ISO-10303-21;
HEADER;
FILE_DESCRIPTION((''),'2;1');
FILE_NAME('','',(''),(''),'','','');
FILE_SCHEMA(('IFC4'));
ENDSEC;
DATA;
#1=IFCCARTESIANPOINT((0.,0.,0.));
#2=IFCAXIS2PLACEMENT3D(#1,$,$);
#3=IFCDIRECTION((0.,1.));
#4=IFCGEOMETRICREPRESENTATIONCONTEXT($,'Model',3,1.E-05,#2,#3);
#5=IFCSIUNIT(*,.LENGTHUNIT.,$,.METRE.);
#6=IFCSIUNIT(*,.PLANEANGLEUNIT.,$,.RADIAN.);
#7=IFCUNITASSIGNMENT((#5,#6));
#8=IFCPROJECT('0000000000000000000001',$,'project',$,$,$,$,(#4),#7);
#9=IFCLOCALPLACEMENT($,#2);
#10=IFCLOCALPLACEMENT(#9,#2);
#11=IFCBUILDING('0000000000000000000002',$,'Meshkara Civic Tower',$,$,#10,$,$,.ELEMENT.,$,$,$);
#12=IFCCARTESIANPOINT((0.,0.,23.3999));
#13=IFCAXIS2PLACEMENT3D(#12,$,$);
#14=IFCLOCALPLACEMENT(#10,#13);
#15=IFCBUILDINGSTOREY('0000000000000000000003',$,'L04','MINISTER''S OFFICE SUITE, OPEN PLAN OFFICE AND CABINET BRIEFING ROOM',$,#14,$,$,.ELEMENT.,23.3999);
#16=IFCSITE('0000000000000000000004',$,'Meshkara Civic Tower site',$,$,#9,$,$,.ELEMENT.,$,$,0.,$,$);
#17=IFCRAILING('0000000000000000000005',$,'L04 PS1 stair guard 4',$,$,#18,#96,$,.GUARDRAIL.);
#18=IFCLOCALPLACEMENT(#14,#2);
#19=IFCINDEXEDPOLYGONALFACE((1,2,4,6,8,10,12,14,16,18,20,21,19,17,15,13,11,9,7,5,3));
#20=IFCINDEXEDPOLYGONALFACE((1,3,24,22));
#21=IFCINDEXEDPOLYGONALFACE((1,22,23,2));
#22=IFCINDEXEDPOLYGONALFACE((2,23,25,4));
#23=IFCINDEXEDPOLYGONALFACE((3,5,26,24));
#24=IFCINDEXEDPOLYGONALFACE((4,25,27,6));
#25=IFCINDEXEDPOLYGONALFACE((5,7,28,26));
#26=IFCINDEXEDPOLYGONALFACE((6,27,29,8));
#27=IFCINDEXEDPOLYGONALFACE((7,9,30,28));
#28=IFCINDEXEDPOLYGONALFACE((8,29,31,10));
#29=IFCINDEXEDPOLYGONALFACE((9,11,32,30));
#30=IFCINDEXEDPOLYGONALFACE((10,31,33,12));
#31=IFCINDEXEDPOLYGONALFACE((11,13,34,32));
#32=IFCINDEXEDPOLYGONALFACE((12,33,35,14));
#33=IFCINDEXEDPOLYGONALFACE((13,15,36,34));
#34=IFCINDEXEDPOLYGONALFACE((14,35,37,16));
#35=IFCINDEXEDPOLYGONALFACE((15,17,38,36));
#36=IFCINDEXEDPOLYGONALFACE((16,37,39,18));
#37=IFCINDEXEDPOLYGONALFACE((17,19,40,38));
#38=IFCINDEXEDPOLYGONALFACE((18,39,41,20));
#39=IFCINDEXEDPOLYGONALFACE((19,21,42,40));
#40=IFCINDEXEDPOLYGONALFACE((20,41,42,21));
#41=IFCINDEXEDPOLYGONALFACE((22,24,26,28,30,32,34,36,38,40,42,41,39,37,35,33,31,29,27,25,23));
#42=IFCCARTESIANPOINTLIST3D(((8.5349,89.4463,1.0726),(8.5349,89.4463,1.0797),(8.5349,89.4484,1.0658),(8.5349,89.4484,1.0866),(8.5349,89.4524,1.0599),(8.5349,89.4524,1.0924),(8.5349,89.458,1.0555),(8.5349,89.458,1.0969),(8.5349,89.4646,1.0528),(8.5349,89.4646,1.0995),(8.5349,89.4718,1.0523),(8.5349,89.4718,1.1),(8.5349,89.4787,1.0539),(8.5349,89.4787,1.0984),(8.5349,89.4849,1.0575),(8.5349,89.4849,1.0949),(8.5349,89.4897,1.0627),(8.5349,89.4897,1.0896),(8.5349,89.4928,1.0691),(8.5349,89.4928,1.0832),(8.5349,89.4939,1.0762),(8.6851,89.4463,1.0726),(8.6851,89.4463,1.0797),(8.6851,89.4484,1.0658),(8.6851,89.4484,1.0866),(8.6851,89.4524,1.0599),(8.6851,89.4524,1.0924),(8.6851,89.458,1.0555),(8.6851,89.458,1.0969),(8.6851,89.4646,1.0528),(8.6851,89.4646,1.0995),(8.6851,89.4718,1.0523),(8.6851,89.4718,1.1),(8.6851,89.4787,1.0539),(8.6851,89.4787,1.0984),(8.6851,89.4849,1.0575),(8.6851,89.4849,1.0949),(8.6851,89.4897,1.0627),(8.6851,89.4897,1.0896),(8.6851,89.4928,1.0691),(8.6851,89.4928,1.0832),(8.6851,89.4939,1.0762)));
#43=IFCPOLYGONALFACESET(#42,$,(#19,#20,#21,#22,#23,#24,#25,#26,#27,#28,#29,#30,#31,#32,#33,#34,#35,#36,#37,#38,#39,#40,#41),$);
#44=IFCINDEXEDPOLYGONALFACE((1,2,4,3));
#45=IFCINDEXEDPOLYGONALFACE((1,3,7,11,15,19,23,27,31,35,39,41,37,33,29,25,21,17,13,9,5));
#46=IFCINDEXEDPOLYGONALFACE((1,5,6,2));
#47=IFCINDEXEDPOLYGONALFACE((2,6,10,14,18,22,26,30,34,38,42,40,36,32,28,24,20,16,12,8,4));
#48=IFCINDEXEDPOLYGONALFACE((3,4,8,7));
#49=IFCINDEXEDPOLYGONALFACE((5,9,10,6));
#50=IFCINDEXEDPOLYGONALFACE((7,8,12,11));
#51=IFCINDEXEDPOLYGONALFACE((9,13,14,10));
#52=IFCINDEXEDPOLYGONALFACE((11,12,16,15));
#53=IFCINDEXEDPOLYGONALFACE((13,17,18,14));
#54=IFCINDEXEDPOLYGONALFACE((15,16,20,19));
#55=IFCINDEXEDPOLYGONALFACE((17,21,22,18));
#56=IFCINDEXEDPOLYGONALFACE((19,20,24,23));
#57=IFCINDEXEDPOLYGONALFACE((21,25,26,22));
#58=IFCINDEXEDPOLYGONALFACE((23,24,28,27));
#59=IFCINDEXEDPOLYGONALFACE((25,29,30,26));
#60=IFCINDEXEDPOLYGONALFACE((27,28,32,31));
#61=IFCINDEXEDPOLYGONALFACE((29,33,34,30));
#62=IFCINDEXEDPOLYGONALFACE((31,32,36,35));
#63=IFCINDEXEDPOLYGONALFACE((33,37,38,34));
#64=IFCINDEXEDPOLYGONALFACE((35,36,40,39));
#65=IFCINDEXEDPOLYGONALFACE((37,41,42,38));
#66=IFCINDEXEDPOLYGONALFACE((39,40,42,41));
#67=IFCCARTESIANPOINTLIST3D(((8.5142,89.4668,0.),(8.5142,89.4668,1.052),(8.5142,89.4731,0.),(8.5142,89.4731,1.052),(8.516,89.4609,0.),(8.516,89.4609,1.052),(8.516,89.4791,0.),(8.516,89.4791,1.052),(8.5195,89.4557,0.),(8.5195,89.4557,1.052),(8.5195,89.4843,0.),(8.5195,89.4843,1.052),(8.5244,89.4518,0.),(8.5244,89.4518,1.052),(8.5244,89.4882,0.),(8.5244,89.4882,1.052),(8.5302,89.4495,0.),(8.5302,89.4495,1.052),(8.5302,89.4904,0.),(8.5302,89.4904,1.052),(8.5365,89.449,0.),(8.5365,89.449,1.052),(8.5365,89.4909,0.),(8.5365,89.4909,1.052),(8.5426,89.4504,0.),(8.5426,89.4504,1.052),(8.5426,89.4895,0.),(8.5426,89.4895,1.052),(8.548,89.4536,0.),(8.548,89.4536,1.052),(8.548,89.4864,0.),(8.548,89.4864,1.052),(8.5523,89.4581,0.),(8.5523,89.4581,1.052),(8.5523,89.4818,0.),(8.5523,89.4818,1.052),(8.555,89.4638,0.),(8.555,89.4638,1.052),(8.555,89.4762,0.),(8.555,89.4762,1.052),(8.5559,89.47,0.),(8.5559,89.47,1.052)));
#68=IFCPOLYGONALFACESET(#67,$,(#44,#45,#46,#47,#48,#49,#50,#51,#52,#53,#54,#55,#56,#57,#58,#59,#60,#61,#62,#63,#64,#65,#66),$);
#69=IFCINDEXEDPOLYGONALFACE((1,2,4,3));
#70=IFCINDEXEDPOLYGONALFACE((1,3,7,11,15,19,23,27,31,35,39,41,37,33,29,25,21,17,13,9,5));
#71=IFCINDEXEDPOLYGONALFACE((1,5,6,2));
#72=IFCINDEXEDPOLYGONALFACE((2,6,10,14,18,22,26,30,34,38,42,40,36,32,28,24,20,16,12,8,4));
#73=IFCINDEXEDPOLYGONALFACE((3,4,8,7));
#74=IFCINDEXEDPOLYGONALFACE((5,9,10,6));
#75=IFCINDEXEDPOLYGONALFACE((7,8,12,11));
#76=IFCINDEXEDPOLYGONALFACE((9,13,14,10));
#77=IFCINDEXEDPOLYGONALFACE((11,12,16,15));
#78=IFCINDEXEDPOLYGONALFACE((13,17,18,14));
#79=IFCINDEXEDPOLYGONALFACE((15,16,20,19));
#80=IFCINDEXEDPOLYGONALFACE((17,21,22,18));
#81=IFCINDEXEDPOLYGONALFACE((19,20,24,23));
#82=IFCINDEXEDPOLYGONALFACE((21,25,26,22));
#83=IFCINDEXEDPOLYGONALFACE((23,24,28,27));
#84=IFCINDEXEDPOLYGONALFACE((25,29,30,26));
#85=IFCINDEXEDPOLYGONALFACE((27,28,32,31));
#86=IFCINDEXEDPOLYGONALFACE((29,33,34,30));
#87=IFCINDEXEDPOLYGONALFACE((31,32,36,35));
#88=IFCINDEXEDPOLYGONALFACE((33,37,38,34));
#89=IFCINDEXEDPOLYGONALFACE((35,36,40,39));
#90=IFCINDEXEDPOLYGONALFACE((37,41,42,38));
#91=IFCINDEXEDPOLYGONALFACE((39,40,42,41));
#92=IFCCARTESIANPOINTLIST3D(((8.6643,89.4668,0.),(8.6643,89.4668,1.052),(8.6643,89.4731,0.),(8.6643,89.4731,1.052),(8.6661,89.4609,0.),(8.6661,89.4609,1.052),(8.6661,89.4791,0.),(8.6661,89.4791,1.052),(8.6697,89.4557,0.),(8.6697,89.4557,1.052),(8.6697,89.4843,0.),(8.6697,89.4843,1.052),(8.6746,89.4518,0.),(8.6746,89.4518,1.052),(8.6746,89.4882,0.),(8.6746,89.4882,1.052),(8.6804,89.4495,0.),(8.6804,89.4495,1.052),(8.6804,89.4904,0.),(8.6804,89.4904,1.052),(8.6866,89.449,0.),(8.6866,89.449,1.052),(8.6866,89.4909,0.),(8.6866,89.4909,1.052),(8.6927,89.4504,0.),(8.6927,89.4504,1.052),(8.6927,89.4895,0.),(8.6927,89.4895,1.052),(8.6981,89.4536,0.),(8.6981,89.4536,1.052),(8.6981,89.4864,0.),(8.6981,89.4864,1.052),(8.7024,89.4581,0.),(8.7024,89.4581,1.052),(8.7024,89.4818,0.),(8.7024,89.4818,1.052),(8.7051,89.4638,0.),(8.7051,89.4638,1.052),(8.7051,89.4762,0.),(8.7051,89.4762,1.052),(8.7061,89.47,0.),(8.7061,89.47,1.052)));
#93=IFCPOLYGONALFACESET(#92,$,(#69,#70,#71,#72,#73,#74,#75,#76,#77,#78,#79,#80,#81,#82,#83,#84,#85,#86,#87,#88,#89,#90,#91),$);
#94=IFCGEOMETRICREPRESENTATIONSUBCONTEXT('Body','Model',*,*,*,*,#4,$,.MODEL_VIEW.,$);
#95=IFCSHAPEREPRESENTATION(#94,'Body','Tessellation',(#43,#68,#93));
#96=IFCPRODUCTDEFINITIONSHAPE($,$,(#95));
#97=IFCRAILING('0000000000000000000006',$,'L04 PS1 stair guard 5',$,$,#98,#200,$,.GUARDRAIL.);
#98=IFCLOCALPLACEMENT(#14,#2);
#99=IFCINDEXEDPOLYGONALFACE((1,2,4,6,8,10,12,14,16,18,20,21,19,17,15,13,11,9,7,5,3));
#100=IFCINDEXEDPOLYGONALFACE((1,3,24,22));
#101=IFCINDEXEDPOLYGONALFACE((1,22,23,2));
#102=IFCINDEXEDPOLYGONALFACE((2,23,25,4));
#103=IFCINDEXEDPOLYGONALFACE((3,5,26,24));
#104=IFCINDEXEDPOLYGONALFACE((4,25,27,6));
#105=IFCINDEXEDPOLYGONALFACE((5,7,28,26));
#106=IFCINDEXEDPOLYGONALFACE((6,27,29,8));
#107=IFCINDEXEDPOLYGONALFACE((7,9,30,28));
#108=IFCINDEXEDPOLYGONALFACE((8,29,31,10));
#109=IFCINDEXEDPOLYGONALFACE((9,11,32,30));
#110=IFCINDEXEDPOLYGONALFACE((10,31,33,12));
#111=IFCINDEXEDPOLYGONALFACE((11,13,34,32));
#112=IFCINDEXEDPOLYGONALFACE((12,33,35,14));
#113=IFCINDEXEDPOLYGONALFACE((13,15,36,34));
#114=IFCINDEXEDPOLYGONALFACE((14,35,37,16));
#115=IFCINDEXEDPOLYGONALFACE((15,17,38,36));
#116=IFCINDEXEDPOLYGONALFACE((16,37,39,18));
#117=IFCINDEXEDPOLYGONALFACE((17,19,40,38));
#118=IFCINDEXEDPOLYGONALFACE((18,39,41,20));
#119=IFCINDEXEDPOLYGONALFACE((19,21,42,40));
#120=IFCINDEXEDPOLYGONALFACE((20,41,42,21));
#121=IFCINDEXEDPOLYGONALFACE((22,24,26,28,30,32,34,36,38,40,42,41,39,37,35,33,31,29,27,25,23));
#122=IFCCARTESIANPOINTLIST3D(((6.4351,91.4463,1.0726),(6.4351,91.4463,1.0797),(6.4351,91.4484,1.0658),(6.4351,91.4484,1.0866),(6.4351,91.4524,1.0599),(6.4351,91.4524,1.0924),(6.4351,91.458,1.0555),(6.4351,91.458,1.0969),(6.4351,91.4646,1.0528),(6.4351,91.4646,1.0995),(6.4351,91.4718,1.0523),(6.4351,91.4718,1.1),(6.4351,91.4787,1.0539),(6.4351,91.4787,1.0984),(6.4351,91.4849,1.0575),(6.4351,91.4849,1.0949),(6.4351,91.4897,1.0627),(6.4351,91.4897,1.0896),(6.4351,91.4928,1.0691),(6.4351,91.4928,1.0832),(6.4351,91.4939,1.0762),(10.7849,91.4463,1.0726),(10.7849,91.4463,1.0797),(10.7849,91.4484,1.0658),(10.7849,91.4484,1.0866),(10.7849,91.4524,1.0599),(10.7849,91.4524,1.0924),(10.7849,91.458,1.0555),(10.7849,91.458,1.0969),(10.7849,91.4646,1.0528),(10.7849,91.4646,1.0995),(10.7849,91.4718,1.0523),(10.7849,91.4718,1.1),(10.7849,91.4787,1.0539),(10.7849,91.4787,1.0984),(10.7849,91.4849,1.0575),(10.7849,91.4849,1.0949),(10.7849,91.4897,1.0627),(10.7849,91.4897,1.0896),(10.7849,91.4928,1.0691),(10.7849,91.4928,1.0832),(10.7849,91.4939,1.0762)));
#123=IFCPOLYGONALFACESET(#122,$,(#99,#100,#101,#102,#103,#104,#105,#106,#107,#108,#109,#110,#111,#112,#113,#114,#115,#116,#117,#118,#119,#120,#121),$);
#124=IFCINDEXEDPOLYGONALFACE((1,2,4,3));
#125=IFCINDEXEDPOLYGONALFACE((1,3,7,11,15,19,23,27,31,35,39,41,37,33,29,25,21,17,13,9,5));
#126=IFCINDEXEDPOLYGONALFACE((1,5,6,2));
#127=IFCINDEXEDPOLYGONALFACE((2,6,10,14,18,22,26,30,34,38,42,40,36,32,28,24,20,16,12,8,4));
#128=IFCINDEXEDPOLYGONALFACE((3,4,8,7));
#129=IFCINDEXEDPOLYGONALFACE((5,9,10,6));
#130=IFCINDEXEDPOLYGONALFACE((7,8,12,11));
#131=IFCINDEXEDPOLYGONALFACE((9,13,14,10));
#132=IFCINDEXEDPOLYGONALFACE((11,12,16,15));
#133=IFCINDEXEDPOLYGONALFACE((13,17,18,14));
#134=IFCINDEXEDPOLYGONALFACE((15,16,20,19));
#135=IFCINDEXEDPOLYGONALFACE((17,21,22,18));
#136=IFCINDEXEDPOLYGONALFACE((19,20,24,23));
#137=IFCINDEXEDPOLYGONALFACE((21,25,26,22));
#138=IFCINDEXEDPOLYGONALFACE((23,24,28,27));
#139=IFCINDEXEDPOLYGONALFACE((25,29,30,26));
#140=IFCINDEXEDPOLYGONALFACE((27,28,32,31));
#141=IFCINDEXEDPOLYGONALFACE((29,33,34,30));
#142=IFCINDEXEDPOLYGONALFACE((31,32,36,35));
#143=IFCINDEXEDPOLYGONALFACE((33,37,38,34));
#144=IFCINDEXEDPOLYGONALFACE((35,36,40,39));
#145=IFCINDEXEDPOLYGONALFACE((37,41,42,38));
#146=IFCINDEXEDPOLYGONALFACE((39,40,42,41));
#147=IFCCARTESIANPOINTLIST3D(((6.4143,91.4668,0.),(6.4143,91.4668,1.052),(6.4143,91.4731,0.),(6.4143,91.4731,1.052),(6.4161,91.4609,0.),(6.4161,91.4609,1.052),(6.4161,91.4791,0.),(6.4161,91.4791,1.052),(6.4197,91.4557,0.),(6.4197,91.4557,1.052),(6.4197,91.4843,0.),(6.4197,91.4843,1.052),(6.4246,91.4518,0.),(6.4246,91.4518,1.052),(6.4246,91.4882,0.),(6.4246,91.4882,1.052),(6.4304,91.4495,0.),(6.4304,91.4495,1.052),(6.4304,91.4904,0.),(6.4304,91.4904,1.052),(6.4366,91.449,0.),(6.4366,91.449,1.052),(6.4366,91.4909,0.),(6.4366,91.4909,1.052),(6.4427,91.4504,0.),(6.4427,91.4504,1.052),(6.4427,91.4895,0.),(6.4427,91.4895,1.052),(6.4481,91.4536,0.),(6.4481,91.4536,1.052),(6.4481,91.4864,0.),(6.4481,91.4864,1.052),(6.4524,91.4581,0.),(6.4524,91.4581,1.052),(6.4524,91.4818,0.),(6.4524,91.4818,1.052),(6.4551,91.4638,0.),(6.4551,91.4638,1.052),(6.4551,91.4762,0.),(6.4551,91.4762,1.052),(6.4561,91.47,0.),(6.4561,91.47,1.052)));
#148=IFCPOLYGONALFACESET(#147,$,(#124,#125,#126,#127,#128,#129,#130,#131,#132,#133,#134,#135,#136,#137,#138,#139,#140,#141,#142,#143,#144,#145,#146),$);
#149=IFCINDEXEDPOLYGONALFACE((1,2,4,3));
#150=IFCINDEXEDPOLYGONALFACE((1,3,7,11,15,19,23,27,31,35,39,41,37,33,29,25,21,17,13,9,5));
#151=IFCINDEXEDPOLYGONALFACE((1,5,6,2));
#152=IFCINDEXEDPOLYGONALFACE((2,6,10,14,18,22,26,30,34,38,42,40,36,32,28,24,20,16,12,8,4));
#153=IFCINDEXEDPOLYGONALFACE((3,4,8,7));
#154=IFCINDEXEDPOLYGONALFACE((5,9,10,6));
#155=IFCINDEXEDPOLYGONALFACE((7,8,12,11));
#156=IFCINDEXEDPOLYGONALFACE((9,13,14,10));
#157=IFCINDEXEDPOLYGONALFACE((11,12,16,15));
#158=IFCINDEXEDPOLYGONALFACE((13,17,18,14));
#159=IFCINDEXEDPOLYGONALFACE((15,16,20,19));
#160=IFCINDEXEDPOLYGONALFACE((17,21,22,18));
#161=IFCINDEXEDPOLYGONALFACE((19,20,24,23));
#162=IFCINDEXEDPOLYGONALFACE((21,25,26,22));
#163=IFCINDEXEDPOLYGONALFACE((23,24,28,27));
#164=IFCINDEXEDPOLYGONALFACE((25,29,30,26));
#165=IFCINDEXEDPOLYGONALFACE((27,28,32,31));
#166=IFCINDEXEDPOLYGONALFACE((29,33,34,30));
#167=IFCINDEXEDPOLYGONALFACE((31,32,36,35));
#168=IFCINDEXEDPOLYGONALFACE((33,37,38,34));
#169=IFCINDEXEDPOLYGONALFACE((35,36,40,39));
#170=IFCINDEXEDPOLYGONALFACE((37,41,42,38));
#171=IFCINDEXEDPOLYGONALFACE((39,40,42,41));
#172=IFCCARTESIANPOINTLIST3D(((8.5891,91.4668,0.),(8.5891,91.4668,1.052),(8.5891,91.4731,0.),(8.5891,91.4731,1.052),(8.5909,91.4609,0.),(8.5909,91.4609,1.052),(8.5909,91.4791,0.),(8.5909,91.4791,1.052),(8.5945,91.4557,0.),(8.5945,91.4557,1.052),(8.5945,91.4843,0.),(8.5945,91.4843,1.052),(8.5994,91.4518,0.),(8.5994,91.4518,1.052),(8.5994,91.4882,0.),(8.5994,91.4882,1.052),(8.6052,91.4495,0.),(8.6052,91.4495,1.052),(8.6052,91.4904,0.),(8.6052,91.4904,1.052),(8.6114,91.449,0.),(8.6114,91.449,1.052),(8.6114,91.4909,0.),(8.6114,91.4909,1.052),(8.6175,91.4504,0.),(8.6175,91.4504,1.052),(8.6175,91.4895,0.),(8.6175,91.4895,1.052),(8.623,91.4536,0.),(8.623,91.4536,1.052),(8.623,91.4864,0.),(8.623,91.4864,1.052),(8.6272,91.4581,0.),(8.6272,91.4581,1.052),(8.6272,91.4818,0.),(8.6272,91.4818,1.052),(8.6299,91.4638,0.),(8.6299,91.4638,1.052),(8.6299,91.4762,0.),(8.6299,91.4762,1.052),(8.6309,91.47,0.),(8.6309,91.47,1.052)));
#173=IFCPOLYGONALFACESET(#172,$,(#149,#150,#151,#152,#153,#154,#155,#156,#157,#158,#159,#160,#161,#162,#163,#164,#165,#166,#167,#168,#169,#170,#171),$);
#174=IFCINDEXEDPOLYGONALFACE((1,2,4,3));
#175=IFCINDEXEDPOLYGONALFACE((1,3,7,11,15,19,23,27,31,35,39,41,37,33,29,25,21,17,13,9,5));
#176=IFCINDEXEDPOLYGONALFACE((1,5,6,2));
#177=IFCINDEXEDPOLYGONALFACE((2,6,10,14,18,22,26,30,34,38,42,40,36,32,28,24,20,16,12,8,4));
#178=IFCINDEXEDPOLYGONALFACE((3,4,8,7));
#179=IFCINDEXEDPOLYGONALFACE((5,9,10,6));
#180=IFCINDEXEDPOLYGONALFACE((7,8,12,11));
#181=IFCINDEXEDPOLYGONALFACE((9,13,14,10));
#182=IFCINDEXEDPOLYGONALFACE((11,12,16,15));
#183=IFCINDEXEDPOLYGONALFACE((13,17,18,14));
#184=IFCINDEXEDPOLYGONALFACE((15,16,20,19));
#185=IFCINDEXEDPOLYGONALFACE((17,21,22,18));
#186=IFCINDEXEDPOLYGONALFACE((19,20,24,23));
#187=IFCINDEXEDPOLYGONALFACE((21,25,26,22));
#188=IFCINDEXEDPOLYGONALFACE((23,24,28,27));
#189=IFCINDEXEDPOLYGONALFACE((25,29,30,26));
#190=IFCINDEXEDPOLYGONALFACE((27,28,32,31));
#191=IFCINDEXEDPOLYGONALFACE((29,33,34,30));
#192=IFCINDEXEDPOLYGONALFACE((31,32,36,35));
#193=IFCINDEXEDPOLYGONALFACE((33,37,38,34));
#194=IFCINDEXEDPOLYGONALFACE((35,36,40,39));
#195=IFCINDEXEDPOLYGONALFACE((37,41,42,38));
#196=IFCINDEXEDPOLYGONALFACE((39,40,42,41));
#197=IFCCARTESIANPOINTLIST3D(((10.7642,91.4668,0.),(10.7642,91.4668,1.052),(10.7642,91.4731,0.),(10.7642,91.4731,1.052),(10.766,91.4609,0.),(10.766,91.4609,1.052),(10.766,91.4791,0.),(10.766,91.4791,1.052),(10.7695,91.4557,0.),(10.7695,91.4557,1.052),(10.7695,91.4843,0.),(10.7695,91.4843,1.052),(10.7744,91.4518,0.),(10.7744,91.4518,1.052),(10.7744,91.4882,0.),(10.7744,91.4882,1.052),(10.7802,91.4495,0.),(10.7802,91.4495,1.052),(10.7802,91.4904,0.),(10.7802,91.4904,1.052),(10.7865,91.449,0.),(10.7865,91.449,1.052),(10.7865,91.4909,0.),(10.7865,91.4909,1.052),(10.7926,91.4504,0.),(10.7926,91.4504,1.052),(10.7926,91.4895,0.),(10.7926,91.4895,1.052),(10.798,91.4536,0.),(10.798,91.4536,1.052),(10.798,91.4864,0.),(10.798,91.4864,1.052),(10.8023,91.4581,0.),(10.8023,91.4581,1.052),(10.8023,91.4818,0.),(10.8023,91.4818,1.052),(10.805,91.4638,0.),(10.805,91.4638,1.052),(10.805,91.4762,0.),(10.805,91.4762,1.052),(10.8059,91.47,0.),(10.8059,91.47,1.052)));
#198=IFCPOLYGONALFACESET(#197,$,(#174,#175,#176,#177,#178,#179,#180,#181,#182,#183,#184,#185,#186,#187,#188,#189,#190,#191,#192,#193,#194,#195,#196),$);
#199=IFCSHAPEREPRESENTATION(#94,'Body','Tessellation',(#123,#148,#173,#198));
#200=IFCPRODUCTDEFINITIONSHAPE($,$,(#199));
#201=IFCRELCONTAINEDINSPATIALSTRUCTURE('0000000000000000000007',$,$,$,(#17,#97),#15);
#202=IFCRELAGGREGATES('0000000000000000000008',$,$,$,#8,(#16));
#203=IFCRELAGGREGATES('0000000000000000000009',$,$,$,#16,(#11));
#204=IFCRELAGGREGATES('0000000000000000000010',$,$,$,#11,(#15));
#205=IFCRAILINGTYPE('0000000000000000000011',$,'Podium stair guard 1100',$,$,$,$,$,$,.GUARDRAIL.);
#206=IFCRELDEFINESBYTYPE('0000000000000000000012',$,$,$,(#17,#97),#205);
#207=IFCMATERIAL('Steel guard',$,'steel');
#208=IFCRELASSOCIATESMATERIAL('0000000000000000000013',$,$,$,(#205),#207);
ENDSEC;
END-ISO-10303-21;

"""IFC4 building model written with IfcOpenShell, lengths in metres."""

from ifc_helpers import new_model, si_unit, direction, frame, origin, origin_2d, place, context, subcontext, project, spatial, circle, extrude, material, type_object, element, save


model = new_model("IFC4")

# Units and contexts
model_context = context("Model", 3, precision=1e-05, world=origin(), true_north=direction((0.0, 1.0)))
body_context = subcontext(model_context, "Body", "Model", "MODEL_VIEW")
ifc_project = project(units=[si_unit("LENGTHUNIT", "METRE"), si_unit("PLANEANGLEUNIT", "RADIAN")], contexts=[model_context])

# Site, building, storey
site_placement = place(None, origin())
site = spatial("IfcSite", under=ifc_project, at=site_placement, Name="Meshkara Civic Tower site", CompositionType="ELEMENT", RefElevation=0.0)
building_placement = place(site_placement, origin())
building = spatial("IfcBuilding", under=site, at=building_placement, Name="Meshkara Civic Tower", CompositionType="ELEMENT")
storey_placement = place(building_placement, frame((0.0, 0.0, 23.3999)))
storey = spatial("IfcBuildingStorey", under=building, at=storey_placement, Name="L04", Description="MINISTER'S OFFICE SUITE, OPEN PLAN OFFICE AND CABINET BRIEFING ROOM", CompositionType="ELEMENT", Elevation=23.3999)

# Railings
ifc_material_1 = material(Name="Steel guard", Category="steel")
railing_type_1 = type_object("IfcRailingType", Name="Podium stair guard 1100", PredefinedType="GUARDRAIL", material=ifc_material_1)
railing_1_placement = place(storey_placement, frame((8.5349, 89.47, 0.0)))
element("IfcRailing", 1, at=railing_1_placement, inside=storey, type_object=railing_type_1, Name="L04 PS1 stair guard 4", PredefinedType="GUARDRAIL", context=body_context, shape_type="SweptSolid", body=[
    extrude(circle(Radius=0.0239, at=origin_2d()), frame((0.0, 0.0, 1.0762), z_axis=(1.0, 0.0, 0.0), x_axis=(0.0, 1.0, 0.0)), (0.0, 0.0, 1.0), 0.1501),
    extrude(circle(Radius=0.021, at=origin_2d()), origin(), (0.0, 0.0, 1.0), 1.052),
    extrude(circle(Radius=0.021, at=origin_2d()), frame((0.1501, 0.0, 0.0)), (0.0, 0.0, 1.0), 1.052),
])
railing_2_placement = place(storey_placement, frame((6.4351, 91.47, 0.0)))
element("IfcRailing", 2, at=railing_2_placement, inside=storey, type_object=railing_type_1, Name="L04 PS1 stair guard 5", PredefinedType="GUARDRAIL", context=body_context, shape_type="SweptSolid", body=[
    extrude(circle(Radius=0.0239, at=origin_2d()), frame((0.0, 0.0, 1.0762), z_axis=(1.0, 0.0, 0.0), x_axis=(0.0, 1.0, 0.0)), (0.0, 0.0, 1.0), 4.3499),
    extrude(circle(Radius=0.021, at=origin_2d()), origin(), (0.0, 0.0, 1.0), 1.052),
    extrude(circle(Radius=0.021, at=origin_2d()), frame((2.1748, 0.0, 0.0)), (0.0, 0.0, 1.0), 1.052),
    extrude(circle(Radius=0.021, at=origin_2d()), frame((4.3499, 0.0, 0.0)), (0.0, 0.0, 1.0), 1.052),
])

save(model, "model.ifc")
